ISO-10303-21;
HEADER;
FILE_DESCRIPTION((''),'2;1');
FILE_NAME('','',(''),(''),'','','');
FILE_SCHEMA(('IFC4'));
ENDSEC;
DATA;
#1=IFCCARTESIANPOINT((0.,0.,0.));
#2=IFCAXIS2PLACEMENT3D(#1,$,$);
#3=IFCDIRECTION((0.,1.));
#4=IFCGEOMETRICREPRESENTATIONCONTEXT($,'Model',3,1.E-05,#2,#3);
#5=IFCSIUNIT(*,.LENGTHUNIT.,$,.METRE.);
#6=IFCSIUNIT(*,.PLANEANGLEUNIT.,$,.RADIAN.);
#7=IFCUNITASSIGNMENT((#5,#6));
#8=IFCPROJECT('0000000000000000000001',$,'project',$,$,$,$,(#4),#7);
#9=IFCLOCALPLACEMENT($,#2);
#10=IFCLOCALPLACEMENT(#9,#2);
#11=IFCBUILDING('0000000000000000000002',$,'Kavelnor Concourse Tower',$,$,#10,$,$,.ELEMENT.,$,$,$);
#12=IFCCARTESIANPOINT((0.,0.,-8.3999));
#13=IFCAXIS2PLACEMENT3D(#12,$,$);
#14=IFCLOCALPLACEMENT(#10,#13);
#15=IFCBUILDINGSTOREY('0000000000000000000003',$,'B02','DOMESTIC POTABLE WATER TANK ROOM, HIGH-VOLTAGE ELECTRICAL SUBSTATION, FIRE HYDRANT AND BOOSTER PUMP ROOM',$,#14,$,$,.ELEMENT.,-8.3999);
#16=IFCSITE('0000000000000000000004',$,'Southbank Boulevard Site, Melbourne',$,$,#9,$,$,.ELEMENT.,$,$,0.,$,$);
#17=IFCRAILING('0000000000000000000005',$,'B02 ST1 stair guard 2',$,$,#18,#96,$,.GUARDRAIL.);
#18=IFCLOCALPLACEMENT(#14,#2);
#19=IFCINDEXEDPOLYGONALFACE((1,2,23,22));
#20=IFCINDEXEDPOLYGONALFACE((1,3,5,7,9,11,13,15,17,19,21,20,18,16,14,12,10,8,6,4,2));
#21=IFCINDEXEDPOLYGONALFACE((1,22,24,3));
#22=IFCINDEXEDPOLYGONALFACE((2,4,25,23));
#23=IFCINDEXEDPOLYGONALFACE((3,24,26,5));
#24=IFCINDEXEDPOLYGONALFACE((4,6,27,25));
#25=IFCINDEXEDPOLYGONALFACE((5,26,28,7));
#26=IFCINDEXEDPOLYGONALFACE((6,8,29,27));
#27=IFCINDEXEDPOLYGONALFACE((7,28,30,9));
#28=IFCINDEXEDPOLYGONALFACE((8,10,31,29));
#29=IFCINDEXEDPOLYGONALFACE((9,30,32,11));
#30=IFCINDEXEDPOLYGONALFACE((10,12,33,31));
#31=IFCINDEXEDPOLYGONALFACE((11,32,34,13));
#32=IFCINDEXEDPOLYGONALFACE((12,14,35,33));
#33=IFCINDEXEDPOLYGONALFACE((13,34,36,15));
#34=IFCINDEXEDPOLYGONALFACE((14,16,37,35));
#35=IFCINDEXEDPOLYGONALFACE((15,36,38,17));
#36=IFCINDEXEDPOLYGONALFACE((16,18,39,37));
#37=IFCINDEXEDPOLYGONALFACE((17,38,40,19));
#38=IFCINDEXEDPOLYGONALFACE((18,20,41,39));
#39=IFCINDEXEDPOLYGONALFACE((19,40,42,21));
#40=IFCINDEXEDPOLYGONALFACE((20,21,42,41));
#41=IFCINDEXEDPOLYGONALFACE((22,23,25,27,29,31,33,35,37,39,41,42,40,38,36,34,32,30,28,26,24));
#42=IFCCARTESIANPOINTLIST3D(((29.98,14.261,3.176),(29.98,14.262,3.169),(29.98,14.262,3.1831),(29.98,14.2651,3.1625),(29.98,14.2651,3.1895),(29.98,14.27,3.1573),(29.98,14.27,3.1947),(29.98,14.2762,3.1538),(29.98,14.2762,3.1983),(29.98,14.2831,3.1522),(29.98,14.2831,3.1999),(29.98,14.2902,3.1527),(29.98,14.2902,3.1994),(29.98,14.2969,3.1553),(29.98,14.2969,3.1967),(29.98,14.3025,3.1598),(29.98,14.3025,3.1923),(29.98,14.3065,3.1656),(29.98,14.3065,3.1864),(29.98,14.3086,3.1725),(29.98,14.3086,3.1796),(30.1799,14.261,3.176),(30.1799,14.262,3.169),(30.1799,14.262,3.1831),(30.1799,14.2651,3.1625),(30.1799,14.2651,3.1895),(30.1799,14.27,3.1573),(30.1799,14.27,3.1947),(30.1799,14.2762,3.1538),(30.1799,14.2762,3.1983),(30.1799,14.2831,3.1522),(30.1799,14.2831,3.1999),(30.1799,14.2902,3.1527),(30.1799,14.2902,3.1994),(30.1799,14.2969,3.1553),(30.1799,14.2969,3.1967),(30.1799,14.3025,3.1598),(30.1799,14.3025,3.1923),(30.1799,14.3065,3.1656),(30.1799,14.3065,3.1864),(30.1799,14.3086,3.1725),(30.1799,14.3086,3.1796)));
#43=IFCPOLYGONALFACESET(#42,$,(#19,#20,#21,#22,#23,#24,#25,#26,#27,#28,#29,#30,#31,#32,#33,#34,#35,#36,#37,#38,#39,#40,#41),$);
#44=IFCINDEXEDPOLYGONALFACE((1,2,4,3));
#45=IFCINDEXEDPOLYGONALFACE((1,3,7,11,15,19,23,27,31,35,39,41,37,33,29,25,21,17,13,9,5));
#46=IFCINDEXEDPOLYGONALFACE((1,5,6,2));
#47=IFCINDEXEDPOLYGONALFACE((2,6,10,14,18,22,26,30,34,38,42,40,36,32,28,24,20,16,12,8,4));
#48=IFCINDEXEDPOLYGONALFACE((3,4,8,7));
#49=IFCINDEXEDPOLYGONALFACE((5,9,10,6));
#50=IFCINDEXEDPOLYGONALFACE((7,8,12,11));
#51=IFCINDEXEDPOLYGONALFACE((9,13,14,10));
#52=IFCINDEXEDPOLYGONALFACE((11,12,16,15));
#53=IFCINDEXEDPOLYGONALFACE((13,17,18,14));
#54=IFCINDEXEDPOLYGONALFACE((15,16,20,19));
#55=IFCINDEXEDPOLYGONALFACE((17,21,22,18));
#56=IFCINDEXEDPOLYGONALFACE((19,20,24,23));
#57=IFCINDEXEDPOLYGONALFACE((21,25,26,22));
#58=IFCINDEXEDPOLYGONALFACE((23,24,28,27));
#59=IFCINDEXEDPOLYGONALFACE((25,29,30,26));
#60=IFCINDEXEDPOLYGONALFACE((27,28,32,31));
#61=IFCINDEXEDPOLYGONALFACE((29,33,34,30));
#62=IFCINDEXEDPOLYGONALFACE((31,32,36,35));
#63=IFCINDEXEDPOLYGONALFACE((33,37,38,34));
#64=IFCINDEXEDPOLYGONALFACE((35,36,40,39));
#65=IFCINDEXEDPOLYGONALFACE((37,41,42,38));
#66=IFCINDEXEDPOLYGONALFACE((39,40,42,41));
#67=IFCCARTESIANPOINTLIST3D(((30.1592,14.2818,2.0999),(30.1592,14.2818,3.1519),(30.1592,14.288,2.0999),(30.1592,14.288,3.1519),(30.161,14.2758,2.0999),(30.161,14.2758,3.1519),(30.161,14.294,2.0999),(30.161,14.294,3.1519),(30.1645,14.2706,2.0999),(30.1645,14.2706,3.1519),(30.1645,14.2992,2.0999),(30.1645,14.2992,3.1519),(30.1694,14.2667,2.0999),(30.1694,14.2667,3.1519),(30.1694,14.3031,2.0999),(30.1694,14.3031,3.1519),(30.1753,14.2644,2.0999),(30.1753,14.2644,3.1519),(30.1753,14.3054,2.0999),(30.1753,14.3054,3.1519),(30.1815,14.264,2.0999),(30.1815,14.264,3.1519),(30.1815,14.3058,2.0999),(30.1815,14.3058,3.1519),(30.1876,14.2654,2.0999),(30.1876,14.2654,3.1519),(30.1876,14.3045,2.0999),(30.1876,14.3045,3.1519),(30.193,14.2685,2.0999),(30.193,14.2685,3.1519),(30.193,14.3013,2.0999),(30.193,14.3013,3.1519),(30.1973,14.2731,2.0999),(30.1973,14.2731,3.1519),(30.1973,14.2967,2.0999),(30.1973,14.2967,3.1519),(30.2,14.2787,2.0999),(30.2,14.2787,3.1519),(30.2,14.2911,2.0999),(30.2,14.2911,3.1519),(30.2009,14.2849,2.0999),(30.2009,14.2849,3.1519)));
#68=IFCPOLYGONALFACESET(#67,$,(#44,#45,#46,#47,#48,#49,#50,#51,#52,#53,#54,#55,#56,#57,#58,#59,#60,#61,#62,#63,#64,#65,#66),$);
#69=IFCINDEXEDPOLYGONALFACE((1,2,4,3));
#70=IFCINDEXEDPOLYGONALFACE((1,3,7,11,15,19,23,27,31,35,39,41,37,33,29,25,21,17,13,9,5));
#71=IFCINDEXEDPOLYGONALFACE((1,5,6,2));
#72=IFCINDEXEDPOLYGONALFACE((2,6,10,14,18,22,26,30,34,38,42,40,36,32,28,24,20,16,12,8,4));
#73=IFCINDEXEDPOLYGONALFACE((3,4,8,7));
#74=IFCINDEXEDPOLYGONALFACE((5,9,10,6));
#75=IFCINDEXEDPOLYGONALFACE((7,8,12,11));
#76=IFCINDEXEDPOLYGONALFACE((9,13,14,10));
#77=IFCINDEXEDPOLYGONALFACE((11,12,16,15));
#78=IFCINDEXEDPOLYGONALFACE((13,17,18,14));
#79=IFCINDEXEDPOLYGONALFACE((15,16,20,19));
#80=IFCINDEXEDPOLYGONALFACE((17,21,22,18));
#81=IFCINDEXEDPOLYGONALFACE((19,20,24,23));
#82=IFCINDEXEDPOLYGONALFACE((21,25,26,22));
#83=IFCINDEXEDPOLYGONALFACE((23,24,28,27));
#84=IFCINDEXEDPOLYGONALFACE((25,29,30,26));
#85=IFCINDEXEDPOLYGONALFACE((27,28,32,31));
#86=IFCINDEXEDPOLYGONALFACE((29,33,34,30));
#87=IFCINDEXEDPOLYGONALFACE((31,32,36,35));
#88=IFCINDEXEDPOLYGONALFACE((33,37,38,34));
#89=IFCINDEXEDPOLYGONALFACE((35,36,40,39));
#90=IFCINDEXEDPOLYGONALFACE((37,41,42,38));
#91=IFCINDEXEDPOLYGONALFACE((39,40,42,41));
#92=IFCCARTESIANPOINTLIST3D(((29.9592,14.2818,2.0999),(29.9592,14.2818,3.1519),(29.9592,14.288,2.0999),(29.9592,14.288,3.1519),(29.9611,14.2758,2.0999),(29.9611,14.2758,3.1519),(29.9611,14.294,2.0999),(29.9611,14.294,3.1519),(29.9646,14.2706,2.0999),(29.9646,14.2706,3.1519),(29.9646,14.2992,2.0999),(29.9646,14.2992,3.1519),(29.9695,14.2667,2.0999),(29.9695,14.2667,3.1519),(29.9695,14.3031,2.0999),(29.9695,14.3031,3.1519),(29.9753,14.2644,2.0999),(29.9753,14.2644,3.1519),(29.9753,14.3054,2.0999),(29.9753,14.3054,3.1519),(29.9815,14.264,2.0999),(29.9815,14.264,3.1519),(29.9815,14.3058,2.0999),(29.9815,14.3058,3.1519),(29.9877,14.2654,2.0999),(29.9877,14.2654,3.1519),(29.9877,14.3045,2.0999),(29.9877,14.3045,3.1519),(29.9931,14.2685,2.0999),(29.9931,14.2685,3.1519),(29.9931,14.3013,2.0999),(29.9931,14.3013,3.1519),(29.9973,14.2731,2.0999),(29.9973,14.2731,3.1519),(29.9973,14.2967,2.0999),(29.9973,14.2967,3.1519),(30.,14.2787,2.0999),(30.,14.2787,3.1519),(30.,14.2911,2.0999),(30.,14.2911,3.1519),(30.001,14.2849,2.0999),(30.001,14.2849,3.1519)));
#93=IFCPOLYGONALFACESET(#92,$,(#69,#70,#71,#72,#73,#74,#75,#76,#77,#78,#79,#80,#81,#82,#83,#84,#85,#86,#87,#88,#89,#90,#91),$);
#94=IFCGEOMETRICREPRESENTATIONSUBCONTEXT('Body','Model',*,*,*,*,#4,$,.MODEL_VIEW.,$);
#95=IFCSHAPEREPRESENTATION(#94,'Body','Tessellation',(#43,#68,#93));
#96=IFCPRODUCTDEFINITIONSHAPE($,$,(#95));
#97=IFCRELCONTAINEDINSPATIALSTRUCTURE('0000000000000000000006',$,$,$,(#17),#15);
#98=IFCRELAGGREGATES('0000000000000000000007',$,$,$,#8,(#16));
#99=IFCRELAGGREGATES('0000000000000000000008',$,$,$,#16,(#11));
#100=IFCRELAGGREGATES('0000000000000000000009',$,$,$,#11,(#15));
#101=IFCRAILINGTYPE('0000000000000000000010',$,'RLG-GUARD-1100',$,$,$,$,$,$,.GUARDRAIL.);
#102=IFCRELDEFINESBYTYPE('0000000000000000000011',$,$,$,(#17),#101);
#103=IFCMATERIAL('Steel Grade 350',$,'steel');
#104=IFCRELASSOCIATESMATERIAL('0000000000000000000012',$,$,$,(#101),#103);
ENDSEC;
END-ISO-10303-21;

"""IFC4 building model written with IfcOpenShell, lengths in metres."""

from ifc_helpers import new_model, si_unit, direction, frame, origin, origin_2d, place, context, subcontext, project, spatial, circle, extrude, material, type_object, element, save


model = new_model("IFC4")

# Units and contexts
model_context = context("Model", 3, precision=1e-05, world=origin(), true_north=direction((0.0, 1.0)))
body_context = subcontext(model_context, "Body", "Model", "MODEL_VIEW")
ifc_project = project(units=[si_unit("LENGTHUNIT", "METRE"), si_unit("PLANEANGLEUNIT", "RADIAN")], contexts=[model_context])

# Site, building, storey
site_placement = place(None, origin())
site = spatial("IfcSite", under=ifc_project, at=site_placement, Name="Southbank Boulevard Site, Melbourne", CompositionType="ELEMENT", RefElevation=0.0)
building_placement = place(site_placement, origin())
building = spatial("IfcBuilding", under=site, at=building_placement, Name="Kavelnor Concourse Tower", CompositionType="ELEMENT")
storey_placement = place(building_placement, frame((0.0, 0.0, -8.3999)))
storey = spatial("IfcBuildingStorey", under=building, at=storey_placement, Name="B02", Description="DOMESTIC POTABLE WATER TANK ROOM, HIGH-VOLTAGE ELECTRICAL SUBSTATION, FIRE HYDRANT AND BOOSTER PUMP ROOM", CompositionType="ELEMENT", Elevation=-8.3999)

# Shared definitions
ifc_material_1 = material(Name="Steel Grade 350", Category="steel")

# Railing
railing_type_1 = type_object("IfcRailingType", Name="RLG-GUARD-1100", PredefinedType="GUARDRAIL", material=ifc_material_1)
railing_1_placement = place(storey_placement, frame((30.1799, 14.2849, 2.0999)))
element("IfcRailing", 1, at=railing_1_placement, inside=storey, type_object=railing_type_1, Name="B02 ST1 stair guard 2", PredefinedType="GUARDRAIL", context=body_context, shape_type="SweptSolid", body=[
    extrude(circle(Radius=0.0239, at=origin_2d()), frame((0.0, 0.0, 1.0762), z_axis=(-1.0, 0.0, 0.0), x_axis=(0.0, -1.0, 0.0)), (0.0, 0.0, 1.0), 0.2),
    extrude(circle(Radius=0.021, at=origin_2d()), origin(), (0.0, 0.0, 1.0), 1.052),
    extrude(circle(Radius=0.021, at=origin_2d()), frame((-0.2, 0.0, 0.0)), (0.0, 0.0, 1.0), 1.052),
])

save(model, "model.ifc")
